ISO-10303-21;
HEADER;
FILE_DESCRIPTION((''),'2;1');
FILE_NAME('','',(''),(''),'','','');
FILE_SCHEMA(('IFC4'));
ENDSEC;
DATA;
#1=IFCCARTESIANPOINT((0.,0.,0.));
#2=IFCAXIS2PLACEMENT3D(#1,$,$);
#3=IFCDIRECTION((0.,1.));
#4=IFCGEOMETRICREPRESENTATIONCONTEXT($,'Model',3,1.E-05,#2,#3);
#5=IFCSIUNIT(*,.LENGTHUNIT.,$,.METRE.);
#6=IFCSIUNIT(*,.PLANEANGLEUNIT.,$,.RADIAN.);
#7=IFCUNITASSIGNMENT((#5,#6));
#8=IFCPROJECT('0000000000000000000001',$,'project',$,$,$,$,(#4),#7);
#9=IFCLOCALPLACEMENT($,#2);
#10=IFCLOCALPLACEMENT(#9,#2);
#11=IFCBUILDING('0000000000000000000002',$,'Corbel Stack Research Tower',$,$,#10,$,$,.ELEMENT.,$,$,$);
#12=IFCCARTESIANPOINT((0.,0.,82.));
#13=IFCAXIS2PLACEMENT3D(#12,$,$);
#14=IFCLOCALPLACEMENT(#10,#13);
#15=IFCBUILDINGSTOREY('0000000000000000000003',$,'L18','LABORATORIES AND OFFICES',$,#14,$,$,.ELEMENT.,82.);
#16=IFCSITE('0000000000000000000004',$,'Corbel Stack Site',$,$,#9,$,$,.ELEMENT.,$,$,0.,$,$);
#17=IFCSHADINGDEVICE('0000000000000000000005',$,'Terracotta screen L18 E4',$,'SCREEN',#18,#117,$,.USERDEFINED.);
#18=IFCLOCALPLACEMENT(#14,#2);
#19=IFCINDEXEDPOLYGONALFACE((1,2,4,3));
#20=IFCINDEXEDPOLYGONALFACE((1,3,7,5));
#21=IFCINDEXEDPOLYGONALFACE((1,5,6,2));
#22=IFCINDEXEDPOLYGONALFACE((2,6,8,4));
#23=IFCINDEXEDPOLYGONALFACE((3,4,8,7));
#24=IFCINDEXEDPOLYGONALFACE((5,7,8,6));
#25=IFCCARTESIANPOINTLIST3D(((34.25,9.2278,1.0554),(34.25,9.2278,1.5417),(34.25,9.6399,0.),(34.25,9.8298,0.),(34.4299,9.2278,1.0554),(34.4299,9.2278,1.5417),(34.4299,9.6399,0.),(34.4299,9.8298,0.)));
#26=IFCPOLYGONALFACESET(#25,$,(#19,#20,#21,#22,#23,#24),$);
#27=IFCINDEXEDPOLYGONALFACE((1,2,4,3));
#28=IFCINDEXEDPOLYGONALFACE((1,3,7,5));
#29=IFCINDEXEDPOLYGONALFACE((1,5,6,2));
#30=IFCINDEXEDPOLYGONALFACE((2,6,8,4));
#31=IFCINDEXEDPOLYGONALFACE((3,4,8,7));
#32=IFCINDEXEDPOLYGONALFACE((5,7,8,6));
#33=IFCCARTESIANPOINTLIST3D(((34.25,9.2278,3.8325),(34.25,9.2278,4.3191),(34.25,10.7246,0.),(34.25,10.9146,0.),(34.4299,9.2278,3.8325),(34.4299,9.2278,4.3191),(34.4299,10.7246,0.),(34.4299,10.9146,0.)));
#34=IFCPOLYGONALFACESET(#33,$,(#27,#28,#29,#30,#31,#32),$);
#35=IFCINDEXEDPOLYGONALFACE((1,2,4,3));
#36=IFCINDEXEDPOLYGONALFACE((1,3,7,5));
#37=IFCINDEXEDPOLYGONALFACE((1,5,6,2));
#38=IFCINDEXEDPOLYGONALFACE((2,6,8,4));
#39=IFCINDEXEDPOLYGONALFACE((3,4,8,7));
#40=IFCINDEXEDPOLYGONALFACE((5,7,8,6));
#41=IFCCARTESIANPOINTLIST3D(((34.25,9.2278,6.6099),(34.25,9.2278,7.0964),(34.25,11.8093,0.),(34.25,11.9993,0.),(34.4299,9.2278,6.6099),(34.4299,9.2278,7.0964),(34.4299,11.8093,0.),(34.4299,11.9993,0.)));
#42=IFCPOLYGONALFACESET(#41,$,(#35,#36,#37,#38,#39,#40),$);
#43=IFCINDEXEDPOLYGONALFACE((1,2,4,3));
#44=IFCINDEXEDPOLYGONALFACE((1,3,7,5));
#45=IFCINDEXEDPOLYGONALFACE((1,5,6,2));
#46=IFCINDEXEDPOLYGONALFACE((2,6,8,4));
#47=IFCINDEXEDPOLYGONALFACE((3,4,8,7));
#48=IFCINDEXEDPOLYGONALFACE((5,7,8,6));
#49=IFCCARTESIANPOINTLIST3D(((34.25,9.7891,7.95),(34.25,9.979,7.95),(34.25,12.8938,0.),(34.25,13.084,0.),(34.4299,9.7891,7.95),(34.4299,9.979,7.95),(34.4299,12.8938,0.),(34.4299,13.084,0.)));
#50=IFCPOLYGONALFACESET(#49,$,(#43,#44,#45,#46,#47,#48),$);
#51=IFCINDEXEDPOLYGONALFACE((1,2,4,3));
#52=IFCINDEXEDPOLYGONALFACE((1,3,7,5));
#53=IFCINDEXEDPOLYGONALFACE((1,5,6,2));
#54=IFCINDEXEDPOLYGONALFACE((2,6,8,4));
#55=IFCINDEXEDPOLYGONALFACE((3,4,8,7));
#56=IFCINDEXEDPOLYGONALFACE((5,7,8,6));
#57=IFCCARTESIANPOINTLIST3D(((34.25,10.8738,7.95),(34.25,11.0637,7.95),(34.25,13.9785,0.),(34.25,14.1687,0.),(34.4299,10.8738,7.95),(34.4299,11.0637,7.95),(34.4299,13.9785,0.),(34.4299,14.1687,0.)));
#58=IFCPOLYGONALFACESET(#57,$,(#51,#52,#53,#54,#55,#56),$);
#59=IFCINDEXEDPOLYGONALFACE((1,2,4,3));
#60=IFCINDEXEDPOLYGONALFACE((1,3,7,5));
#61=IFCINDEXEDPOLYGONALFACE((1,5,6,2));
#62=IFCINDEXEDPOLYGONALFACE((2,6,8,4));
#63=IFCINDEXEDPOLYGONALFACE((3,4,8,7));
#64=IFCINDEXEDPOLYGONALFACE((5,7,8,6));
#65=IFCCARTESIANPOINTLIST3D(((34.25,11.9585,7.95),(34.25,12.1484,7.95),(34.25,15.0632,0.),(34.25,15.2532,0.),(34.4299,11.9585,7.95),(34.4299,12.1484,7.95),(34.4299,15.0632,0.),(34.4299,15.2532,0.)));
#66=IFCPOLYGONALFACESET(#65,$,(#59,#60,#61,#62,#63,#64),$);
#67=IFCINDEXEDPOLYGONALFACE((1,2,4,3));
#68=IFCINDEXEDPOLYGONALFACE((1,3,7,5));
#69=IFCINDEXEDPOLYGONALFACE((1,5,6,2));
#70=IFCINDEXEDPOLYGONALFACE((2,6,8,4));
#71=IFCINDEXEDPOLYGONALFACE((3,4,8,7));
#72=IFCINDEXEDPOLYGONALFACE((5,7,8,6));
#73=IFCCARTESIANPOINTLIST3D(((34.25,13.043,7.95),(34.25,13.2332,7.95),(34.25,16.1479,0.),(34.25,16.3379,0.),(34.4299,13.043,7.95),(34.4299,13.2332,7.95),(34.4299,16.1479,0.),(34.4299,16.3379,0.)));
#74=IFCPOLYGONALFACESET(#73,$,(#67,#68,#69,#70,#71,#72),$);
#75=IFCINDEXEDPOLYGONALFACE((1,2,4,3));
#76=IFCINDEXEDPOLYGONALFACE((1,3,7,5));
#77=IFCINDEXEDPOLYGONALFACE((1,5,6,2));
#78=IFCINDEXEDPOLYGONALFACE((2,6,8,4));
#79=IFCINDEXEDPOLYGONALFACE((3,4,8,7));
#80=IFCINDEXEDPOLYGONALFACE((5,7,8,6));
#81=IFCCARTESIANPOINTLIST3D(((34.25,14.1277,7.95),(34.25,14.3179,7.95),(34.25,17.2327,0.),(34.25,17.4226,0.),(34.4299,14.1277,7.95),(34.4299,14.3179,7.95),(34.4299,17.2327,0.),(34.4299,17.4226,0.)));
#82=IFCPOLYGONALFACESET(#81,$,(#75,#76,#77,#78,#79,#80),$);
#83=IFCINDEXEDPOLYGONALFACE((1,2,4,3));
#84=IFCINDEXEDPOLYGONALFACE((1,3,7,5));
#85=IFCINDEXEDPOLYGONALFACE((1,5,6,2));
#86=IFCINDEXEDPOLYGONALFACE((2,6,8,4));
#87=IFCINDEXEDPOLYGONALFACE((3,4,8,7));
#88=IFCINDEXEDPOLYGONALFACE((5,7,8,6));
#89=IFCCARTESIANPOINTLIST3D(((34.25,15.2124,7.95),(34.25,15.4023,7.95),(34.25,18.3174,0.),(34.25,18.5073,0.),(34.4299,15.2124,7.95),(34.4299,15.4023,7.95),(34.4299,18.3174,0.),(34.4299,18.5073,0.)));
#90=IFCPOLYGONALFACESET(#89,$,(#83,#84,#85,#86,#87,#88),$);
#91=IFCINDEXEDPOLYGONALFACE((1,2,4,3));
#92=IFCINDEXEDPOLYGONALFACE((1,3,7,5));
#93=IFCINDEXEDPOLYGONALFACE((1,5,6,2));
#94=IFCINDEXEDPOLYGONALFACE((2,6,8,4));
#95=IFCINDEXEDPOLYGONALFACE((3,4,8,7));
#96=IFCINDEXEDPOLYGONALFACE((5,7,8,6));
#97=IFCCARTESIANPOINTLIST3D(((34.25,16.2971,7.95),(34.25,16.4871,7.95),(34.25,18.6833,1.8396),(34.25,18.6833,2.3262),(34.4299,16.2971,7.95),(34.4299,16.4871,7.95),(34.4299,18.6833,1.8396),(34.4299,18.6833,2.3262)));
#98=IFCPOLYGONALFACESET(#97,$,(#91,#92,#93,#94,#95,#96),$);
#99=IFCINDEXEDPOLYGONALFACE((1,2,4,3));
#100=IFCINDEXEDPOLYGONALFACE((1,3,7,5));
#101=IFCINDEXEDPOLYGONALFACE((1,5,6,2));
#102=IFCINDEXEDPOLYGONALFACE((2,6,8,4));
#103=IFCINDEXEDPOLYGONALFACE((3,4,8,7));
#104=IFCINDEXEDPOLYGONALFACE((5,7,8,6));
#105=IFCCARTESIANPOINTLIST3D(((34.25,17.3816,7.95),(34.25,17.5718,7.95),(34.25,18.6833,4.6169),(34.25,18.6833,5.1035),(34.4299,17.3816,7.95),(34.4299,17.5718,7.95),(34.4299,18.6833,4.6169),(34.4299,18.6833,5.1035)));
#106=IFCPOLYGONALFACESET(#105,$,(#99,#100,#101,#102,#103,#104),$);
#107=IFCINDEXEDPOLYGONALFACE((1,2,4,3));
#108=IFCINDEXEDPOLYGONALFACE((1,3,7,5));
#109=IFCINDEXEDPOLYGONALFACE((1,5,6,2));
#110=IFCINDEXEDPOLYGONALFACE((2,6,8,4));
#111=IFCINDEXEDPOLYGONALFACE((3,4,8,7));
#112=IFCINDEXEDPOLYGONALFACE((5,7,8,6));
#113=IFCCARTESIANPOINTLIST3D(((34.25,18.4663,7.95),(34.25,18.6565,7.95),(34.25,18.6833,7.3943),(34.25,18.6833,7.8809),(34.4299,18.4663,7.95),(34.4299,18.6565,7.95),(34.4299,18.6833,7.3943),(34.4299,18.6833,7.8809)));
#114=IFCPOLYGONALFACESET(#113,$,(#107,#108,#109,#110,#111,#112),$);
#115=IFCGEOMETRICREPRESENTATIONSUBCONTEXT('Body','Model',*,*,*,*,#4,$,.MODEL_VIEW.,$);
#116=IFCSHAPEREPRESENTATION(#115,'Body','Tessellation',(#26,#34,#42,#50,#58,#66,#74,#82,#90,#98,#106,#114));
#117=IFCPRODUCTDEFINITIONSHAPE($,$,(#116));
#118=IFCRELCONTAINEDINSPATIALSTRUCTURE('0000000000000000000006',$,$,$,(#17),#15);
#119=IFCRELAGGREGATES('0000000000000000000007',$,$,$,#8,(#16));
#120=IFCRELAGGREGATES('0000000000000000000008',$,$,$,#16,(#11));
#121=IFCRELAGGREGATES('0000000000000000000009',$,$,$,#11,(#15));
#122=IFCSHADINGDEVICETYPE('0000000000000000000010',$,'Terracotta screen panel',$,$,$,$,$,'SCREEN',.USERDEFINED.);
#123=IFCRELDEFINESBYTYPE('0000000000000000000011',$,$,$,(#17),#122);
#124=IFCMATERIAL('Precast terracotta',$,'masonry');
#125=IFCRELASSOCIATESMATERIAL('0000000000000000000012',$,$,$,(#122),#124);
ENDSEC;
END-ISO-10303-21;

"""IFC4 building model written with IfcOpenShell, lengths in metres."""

from ifc_helpers import new_model, si_unit, direction, frame, origin, place, context, subcontext, project, spatial, polyline, outline, extrude, source, transform, mapped, material, type_object, element, save


model = new_model("IFC4")

# Units and contexts
model_context = context("Model", 3, precision=1e-05, world=origin(), true_north=direction((0.0, 1.0)))
body_context = subcontext(model_context, "Body", "Model", "MODEL_VIEW")
ifc_project = project(units=[si_unit("LENGTHUNIT", "METRE"), si_unit("PLANEANGLEUNIT", "RADIAN")], contexts=[model_context])

# Site, building, storey
site_placement = place(None, origin())
site = spatial("IfcSite", under=ifc_project, at=site_placement, Name="Corbel Stack Site", CompositionType="ELEMENT", RefElevation=0.0)
building_placement = place(site_placement, origin())
building = spatial("IfcBuilding", under=site, at=building_placement, Name="Corbel Stack Research Tower", CompositionType="ELEMENT")
storey_placement = place(building_placement, frame((0.0, 0.0, 82.0)))
storey = spatial("IfcBuildingStorey", under=building, at=storey_placement, Name="L18", Description="LABORATORIES AND OFFICES", CompositionType="ELEMENT", Elevation=82.0)

# Shading device
ifc_material_1 = material(Name="Precast terracotta", Category="masonry")
shading_device_type = type_object("IfcShadingDeviceType", Name="Terracotta screen panel", ElementType="SCREEN", PredefinedType="USERDEFINED", material=ifc_material_1)
shared_shape_1 = source(origin(), body_context, "Body", "SweptSolid", [
    extrude(outline(polyline([(0.6021, 0.0), (0.0, 1.5417), (0.0, 1.0554), (0.4121, 0.0), (0.6021, 0.0)])), frame((0.0, 0.0, 0.0), z_axis=(0.0, -1.0, 0.0), x_axis=(1.0, 0.0, 0.0)), (0.0, 0.0, 1.0), 0.1799),
    extrude(outline(polyline([(1.6868, 0.0), (0.0, 4.3191), (0.0, 3.8325), (1.4968, 0.0), (1.6868, 0.0)])), frame((0.0, 0.0, 0.0), z_axis=(0.0, -1.0, 0.0), x_axis=(1.0, 0.0, 0.0)), (0.0, 0.0, 1.0), 0.1799),
    extrude(outline(polyline([(2.7715, 0.0), (0.0, 7.0964), (0.0, 6.6099), (2.5815, 0.0), (2.7715, 0.0)])), frame((0.0, 0.0, 0.0), z_axis=(0.0, -1.0, 0.0), x_axis=(1.0, 0.0, 0.0)), (0.0, 0.0, 1.0), 0.1799),
    extrude(outline(polyline([(3.8562, 0.0), (0.7512, 7.95), (0.5613, 7.95), (3.666, 0.0), (3.8562, 0.0)])), frame((0.0, 0.0, 0.0), z_axis=(0.0, -1.0, 0.0), x_axis=(1.0, 0.0, 0.0)), (0.0, 0.0, 1.0), 0.1799),
    extrude(outline(polyline([(4.9409, 0.0), (1.8359, 7.95), (1.646, 7.95), (4.7507, 0.0), (4.9409, 0.0)])), frame((0.0, 0.0, 0.0), z_axis=(0.0, -1.0, 0.0), x_axis=(1.0, 0.0, 0.0)), (0.0, 0.0, 1.0), 0.1799),
    extrude(outline(polyline([(6.0254, 0.0), (2.9207, 7.95), (2.7307, 7.95), (5.8354, 0.0), (6.0254, 0.0)])), frame((0.0, 0.0, 0.0), z_axis=(0.0, -1.0, 0.0), x_axis=(1.0, 0.0, 0.0)), (0.0, 0.0, 1.0), 0.1799),
    extrude(outline(polyline([(7.1101, 0.0), (4.0054, 7.95), (3.8152, 7.95), (6.9202, 0.0), (7.1101, 0.0)])), frame((0.0, 0.0, 0.0), z_axis=(0.0, -1.0, 0.0), x_axis=(1.0, 0.0, 0.0)), (0.0, 0.0, 1.0), 0.1799),
    extrude(outline(polyline([(8.1948, 0.0), (5.0901, 7.95), (4.8999, 7.95), (8.0049, 0.0), (8.1948, 0.0)])), frame((0.0, 0.0, 0.0), z_axis=(0.0, -1.0, 0.0), x_axis=(1.0, 0.0, 0.0)), (0.0, 0.0, 1.0), 0.1799),
    extrude(outline(polyline([(9.2795, 0.0), (6.1746, 7.95), (5.9846, 7.95), (9.0896, 0.0), (9.2795, 0.0)])), frame((0.0, 0.0, 0.0), z_axis=(0.0, -1.0, 0.0), x_axis=(1.0, 0.0, 0.0)), (0.0, 0.0, 1.0), 0.1799),
    extrude(outline(polyline([(7.2593, 7.95), (7.0693, 7.95), (9.4556, 1.8396), (9.4556, 2.3262), (7.2593, 7.95)])), frame((0.0, 0.0, 0.0), z_axis=(0.0, -1.0, 0.0), x_axis=(1.0, 0.0, 0.0)), (0.0, 0.0, 1.0), 0.1799),
    extrude(outline(polyline([(8.344, 7.95), (8.1538, 7.95), (9.4556, 4.6169), (9.4556, 5.1035), (8.344, 7.95)])), frame((0.0, 0.0, 0.0), z_axis=(0.0, -1.0, 0.0), x_axis=(1.0, 0.0, 0.0)), (0.0, 0.0, 1.0), 0.1799),
    extrude(outline(polyline([(9.4287, 7.95), (9.2385, 7.95), (9.4556, 7.3943), (9.4556, 7.8809), (9.4287, 7.95)])), frame((0.0, 0.0, 0.0), z_axis=(0.0, -1.0, 0.0), x_axis=(1.0, 0.0, 0.0)), (0.0, 0.0, 1.0), 0.1799),
])
shading_device_1_placement = place(storey_placement, frame((34.25, 9.2278, 0.0), z_axis=(0.0, 0.0, 1.0), x_axis=(0.0, 1.0, 0.0)))
element("IfcShadingDevice", 1, at=shading_device_1_placement, inside=storey, type_object=shading_device_type, Name="Terracotta screen L18 E4", ObjectType="SCREEN", PredefinedType="USERDEFINED", context=body_context, shape_type="MappedRepresentation", body=[
    mapped(shared_shape_1, transform((0.0, 0.0, 0.0))),
])

save(model, "model.ifc")
